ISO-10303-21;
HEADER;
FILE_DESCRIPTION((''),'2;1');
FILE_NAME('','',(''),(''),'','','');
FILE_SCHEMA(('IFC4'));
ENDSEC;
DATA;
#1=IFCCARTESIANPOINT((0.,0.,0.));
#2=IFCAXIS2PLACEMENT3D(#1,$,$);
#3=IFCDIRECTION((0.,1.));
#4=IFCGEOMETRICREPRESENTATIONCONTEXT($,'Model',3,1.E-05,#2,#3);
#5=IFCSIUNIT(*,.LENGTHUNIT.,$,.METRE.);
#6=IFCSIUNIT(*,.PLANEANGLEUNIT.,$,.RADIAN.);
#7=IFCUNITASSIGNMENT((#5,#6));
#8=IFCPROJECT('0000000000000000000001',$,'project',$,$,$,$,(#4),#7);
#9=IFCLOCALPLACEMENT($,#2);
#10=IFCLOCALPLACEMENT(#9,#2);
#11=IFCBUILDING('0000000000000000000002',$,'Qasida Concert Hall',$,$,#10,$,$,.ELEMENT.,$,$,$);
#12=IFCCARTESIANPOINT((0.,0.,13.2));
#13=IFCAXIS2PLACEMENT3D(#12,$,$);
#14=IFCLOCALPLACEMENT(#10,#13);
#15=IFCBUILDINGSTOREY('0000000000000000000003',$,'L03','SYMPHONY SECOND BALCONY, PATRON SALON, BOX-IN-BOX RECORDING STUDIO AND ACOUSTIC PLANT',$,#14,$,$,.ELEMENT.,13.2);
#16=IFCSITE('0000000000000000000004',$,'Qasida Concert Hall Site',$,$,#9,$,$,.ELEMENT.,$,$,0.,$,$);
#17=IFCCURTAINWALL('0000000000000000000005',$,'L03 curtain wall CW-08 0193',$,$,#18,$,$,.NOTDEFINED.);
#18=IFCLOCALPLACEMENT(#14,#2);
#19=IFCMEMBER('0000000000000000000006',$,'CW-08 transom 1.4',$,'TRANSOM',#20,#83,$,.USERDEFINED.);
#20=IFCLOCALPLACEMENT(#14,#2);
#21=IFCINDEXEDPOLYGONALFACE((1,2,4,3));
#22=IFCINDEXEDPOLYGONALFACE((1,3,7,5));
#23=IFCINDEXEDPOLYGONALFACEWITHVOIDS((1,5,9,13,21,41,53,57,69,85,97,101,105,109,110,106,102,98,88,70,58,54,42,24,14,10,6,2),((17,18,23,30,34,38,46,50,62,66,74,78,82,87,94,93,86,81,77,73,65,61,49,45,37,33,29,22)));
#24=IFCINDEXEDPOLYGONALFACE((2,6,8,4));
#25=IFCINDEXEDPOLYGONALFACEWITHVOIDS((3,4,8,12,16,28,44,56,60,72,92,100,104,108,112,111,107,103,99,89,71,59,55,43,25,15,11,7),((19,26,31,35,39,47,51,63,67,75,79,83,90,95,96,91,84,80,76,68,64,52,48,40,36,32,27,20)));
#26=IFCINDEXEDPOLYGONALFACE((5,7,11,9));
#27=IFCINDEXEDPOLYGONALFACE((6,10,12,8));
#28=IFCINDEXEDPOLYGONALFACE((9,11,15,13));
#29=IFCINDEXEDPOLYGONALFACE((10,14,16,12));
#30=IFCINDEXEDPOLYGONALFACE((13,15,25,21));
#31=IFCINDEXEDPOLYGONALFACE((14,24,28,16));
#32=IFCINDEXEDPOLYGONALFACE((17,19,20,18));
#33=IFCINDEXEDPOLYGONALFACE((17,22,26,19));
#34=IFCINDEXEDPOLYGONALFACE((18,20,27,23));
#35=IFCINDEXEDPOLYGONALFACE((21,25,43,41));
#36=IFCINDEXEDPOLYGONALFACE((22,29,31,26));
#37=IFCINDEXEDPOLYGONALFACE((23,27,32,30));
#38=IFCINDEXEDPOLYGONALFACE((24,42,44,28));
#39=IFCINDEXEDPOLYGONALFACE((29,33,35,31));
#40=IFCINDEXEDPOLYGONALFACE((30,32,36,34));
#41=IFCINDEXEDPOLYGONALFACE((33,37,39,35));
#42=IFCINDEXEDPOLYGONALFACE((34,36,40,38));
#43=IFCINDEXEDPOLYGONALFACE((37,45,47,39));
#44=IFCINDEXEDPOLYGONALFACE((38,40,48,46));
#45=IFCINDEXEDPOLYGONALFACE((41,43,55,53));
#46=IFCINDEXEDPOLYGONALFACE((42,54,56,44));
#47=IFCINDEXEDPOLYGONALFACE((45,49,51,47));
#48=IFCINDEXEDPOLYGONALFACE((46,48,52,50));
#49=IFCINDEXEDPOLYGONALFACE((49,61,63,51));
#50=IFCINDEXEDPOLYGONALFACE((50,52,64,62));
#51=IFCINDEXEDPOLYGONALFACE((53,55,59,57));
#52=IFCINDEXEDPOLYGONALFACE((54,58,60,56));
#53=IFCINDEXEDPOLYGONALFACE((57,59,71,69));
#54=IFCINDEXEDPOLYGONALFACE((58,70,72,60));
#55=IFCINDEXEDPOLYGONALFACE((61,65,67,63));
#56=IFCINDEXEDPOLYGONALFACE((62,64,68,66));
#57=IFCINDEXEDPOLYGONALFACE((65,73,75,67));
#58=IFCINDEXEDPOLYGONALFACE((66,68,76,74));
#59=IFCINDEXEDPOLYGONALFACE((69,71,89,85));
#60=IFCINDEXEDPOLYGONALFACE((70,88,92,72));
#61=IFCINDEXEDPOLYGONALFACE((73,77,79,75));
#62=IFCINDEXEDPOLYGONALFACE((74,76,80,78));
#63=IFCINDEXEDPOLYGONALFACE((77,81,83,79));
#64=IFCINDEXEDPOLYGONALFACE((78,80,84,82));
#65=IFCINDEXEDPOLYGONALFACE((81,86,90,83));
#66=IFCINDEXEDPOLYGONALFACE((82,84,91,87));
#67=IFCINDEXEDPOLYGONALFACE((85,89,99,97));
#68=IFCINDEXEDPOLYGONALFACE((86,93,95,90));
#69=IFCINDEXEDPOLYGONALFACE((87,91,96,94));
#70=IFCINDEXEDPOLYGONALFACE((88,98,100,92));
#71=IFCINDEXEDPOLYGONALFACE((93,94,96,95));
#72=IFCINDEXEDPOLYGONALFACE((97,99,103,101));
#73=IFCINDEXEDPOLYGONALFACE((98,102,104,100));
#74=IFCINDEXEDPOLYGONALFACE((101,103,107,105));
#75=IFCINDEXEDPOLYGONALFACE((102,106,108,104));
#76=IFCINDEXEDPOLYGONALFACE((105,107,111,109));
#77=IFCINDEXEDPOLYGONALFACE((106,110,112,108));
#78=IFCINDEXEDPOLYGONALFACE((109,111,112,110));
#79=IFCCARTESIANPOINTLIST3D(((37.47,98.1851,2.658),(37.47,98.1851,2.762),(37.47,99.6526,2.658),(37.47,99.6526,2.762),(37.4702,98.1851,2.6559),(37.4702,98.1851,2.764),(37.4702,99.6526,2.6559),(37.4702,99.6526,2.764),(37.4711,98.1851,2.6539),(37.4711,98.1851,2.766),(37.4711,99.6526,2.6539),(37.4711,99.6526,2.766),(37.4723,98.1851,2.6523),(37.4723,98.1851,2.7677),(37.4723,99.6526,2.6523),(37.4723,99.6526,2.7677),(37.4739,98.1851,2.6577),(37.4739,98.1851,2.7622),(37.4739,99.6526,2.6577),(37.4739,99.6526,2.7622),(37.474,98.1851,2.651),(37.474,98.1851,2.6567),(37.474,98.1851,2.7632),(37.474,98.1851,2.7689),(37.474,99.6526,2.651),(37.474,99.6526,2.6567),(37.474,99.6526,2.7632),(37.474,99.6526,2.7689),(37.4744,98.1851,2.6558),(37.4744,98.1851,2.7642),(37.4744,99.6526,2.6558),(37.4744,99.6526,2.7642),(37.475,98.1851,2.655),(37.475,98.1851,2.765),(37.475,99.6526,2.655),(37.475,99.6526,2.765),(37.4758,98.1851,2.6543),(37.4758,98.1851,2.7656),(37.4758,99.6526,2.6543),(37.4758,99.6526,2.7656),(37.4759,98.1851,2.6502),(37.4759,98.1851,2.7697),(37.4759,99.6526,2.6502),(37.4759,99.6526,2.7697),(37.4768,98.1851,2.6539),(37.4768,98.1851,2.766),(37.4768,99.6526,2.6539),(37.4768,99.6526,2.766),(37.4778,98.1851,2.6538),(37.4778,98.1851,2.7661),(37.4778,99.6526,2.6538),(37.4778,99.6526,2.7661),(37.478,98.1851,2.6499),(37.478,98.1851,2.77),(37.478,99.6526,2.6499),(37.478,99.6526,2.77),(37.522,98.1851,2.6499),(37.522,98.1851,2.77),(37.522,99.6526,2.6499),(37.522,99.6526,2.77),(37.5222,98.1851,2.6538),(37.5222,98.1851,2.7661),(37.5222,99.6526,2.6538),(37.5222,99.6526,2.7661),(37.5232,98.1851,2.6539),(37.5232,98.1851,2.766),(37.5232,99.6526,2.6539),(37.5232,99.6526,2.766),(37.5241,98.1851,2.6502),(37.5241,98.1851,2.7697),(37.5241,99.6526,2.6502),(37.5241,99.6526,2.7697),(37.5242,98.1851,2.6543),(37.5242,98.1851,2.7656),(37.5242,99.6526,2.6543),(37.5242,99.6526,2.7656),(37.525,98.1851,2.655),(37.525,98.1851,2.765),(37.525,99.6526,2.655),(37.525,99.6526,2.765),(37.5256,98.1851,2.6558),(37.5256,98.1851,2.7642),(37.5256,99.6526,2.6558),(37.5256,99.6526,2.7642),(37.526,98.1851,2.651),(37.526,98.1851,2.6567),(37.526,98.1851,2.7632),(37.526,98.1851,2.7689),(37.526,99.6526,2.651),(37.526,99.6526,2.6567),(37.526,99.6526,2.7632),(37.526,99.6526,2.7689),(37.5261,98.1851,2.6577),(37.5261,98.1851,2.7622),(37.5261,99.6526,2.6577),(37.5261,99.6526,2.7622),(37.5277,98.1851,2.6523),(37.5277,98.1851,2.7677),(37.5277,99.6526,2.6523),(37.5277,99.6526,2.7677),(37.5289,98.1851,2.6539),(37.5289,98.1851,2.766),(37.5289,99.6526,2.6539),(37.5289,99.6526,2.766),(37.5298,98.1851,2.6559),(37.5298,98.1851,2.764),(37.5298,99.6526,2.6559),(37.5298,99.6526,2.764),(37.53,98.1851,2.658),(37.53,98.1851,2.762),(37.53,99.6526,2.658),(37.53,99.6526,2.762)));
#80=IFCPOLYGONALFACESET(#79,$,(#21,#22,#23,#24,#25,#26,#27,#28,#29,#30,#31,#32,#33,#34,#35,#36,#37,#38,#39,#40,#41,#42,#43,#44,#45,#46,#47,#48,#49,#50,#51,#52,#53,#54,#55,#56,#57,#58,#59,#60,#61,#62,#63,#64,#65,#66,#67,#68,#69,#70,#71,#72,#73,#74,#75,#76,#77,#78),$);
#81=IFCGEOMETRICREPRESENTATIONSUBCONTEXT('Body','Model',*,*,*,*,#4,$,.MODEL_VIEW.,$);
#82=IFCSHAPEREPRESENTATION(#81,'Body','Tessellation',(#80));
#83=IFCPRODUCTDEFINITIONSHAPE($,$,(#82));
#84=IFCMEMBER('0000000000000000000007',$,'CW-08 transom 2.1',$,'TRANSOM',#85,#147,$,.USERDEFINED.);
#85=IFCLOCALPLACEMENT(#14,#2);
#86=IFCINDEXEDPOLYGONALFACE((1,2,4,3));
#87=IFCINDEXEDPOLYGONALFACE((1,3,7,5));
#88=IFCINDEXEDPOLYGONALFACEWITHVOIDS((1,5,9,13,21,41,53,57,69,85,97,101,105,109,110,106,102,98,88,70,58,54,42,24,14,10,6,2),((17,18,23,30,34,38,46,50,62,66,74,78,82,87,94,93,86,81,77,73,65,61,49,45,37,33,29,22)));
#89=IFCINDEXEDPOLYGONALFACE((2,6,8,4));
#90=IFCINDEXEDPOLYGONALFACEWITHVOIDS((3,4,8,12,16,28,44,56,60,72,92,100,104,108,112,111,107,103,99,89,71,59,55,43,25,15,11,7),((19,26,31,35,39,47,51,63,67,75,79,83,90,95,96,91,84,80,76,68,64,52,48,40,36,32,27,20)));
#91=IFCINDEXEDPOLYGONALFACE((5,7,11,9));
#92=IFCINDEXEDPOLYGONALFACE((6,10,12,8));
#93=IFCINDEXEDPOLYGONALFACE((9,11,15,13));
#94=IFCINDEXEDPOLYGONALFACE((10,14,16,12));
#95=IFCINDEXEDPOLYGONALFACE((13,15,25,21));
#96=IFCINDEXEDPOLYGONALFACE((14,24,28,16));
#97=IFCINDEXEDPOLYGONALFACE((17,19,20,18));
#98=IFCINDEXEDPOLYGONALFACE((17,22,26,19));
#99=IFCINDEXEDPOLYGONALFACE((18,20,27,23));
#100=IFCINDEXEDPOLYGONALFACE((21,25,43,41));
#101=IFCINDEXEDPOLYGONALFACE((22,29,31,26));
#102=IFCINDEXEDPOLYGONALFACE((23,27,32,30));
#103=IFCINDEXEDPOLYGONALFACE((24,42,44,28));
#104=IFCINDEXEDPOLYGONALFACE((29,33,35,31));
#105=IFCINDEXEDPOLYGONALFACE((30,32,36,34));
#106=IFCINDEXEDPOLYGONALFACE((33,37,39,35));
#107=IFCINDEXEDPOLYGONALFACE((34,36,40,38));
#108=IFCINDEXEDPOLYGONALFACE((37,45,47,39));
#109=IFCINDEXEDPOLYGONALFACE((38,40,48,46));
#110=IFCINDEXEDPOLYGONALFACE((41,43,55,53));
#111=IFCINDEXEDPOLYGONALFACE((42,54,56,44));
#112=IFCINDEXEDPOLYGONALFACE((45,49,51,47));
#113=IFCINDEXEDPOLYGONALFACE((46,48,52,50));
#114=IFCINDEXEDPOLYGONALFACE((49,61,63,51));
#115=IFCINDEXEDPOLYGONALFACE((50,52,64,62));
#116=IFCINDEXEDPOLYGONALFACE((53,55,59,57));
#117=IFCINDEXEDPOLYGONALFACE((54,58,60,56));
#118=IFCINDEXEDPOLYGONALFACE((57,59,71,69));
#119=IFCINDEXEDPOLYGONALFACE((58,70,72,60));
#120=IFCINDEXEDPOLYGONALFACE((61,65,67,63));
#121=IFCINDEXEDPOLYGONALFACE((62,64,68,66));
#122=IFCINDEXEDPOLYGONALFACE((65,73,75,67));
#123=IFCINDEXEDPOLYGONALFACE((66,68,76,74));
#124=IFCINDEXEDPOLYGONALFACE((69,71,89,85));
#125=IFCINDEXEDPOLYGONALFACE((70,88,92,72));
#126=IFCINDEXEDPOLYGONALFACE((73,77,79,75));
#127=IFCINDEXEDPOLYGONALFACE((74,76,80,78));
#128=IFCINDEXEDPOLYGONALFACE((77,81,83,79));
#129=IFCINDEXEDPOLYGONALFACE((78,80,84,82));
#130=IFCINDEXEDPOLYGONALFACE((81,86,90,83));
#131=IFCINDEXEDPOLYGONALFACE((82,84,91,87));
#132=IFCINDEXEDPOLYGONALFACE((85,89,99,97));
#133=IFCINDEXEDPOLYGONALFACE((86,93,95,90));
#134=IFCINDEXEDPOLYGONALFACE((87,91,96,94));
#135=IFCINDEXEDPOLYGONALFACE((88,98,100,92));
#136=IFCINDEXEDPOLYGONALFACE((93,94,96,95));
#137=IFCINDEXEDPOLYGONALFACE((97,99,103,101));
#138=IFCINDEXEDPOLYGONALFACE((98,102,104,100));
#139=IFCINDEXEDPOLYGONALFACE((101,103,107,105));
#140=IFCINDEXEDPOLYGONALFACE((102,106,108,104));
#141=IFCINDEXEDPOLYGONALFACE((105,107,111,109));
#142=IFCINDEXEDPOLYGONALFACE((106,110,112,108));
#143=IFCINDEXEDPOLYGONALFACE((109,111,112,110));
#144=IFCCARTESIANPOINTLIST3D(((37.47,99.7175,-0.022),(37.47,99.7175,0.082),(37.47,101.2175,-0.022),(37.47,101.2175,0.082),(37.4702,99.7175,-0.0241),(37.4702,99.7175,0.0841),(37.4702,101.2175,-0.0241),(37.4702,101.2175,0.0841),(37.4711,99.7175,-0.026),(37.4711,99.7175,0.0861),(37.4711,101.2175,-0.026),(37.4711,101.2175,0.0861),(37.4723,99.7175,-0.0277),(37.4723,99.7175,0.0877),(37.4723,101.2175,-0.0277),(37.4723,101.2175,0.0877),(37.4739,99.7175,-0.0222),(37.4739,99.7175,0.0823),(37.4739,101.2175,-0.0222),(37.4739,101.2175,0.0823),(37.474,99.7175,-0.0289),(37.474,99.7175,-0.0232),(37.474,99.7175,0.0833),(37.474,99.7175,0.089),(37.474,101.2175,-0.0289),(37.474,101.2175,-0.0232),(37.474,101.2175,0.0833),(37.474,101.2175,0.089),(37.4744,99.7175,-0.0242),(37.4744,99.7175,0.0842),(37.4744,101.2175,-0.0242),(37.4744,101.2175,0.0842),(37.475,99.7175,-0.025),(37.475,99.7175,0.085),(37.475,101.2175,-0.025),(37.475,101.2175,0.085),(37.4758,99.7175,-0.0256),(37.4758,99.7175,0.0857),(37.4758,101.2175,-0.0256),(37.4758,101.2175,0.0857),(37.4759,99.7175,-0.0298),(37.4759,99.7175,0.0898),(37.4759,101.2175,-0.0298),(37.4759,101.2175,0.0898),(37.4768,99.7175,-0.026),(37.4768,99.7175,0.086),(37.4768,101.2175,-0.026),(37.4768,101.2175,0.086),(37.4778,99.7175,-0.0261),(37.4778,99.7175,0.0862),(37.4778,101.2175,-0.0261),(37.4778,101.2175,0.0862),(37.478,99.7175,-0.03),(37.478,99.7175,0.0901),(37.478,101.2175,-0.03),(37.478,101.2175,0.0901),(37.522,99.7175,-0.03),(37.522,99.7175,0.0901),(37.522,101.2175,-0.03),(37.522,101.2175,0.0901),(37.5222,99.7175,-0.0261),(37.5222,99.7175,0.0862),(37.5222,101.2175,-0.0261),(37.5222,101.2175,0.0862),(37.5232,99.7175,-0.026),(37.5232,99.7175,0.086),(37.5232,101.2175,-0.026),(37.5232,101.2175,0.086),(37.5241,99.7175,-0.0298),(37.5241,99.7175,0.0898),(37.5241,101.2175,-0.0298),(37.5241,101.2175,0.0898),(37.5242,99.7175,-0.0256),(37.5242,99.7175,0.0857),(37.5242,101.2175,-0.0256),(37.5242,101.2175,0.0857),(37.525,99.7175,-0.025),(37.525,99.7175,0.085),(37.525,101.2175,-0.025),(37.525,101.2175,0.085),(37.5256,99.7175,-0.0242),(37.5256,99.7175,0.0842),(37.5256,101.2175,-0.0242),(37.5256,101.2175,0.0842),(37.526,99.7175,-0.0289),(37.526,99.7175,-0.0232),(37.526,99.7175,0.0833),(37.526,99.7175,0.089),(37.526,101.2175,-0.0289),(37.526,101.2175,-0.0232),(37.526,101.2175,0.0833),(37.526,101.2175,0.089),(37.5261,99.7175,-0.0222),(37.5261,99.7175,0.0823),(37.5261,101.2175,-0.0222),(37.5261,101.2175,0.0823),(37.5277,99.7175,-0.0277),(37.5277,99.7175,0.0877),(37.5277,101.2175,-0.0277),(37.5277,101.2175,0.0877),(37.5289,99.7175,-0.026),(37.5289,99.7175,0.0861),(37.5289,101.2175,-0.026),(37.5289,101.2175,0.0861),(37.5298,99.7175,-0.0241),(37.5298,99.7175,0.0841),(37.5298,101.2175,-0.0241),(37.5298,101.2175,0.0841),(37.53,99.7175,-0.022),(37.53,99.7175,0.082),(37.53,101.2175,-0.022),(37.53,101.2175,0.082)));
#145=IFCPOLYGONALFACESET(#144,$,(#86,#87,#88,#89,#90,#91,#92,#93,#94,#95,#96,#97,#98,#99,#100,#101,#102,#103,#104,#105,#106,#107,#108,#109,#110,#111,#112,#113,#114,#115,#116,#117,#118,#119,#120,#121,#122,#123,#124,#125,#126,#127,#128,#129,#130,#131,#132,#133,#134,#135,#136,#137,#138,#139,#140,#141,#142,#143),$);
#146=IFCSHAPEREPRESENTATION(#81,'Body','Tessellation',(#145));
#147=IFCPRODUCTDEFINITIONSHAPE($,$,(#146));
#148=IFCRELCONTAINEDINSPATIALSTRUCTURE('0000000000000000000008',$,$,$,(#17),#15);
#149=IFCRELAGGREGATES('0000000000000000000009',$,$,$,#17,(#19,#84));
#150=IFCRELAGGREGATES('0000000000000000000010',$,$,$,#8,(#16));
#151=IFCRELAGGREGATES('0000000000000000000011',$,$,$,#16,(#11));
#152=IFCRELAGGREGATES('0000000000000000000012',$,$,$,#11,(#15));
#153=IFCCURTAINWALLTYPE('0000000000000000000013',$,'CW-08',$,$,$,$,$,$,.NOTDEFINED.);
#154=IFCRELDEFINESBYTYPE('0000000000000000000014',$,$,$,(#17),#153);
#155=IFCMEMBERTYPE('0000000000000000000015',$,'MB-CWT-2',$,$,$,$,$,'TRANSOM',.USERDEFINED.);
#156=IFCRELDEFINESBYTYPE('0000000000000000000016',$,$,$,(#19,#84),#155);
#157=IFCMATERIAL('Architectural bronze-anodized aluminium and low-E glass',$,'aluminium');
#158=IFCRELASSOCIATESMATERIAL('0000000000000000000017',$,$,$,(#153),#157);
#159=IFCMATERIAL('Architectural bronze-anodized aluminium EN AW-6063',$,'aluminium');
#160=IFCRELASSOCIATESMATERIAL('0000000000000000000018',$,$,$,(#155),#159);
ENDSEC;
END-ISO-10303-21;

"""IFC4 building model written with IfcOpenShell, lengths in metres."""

from ifc_helpers import new_model, si_unit, direction, frame, origin, origin_2d, place, context, subcontext, project, spatial, hollow_rectangle, extrude, material, material_profile, profile_set, type_object, element, aggregate, save


model = new_model("IFC4")

# Units and contexts
model_context = context("Model", 3, precision=1e-05, world=origin(), true_north=direction((0.0, 1.0)))
body_context = subcontext(model_context, "Body", "Model", "MODEL_VIEW")
ifc_project = project(units=[si_unit("LENGTHUNIT", "METRE"), si_unit("PLANEANGLEUNIT", "RADIAN")], contexts=[model_context])

# Site, building, storey
site_placement = place(None, origin())
site = spatial("IfcSite", under=ifc_project, at=site_placement, Name="Qasida Concert Hall Site", CompositionType="ELEMENT", RefElevation=0.0)
building_placement = place(site_placement, origin())
building = spatial("IfcBuilding", under=site, at=building_placement, Name="Qasida Concert Hall", CompositionType="ELEMENT")
storey_placement = place(building_placement, frame((0.0, 0.0, 13.2)))
storey = spatial("IfcBuildingStorey", under=building, at=storey_placement, Name="L03", Description="SYMPHONY SECOND BALCONY, PATRON SALON, BOX-IN-BOX RECORDING STUDIO AND ACOUSTIC PLANT", CompositionType="ELEMENT", Elevation=13.2)

# Curtain wall, members
ifc_material_1 = material(Name="Architectural bronze-anodized aluminium and low-E glass", Category="aluminium")
curtain_wall_type = type_object("IfcCurtainWallType", Name="CW-08", PredefinedType="NOTDEFINED", material=ifc_material_1)
curtain_wall_placement = place(storey_placement, origin())
curtain_wall = element("IfcCurtainWall", 1, at=curtain_wall_placement, inside=storey, type_object=curtain_wall_type, Name="L03 curtain wall CW-08 0193", PredefinedType="NOTDEFINED")
ifc_material_2 = material(Name="Architectural bronze-anodized aluminium EN AW-6063", Category="aluminium")
ifc_material_profile_1 = material_profile(ifc_material_2, hollow_rectangle(XDim=0.0601, YDim=0.1201, WallThickness=0.0039, InnerFilletRadius=0.0039, OuterFilletRadius=0.0081, at=origin_2d()), Name="CWT 120x60x4")
ifc_profile_set_1 = profile_set([ifc_material_profile_1], Name="Architectural bronze-anodized aluminium EN AW-6063")
member_type_1 = type_object("IfcMemberType", Name="MB-CWT-2", ElementType="TRANSOM", PredefinedType="USERDEFINED", material=ifc_profile_set_1)
member_1_placement = place(storey_placement, frame((37.5, 98.1851, 2.71), z_axis=(0.0, 1.0, 0.0), x_axis=(-1.0, 0.0, 0.0)))
member_1 = element("IfcMember", 2, at=member_1_placement, type_object=member_type_1, Name="CW-08 transom 1.4", ObjectType="TRANSOM", PredefinedType="USERDEFINED", context=body_context, shape_type="SweptSolid", body=[
    extrude(hollow_rectangle(XDim=0.0601, YDim=0.1201, WallThickness=0.0039, InnerFilletRadius=0.0039, OuterFilletRadius=0.0081, at=origin_2d()), origin(), (0.0, 0.0, 1.0), 1.4675),
])
member_2_placement = place(storey_placement, frame((37.5, 99.7175, 0.03), z_axis=(0.0, 1.0, 0.0), x_axis=(-1.0, 0.0, 0.0)))
member_2 = element("IfcMember", 3, at=member_2_placement, type_object=member_type_1, Name="CW-08 transom 2.1", ObjectType="TRANSOM", PredefinedType="USERDEFINED", context=body_context, shape_type="SweptSolid", body=[
    extrude(hollow_rectangle(XDim=0.0601, YDim=0.1201, WallThickness=0.0039, InnerFilletRadius=0.0039, OuterFilletRadius=0.0081, at=origin_2d()), origin(), (0.0, 0.0, 1.0), 1.5),
])
aggregate(curtain_wall, [member_1, member_2])

save(model, "model.ifc")
